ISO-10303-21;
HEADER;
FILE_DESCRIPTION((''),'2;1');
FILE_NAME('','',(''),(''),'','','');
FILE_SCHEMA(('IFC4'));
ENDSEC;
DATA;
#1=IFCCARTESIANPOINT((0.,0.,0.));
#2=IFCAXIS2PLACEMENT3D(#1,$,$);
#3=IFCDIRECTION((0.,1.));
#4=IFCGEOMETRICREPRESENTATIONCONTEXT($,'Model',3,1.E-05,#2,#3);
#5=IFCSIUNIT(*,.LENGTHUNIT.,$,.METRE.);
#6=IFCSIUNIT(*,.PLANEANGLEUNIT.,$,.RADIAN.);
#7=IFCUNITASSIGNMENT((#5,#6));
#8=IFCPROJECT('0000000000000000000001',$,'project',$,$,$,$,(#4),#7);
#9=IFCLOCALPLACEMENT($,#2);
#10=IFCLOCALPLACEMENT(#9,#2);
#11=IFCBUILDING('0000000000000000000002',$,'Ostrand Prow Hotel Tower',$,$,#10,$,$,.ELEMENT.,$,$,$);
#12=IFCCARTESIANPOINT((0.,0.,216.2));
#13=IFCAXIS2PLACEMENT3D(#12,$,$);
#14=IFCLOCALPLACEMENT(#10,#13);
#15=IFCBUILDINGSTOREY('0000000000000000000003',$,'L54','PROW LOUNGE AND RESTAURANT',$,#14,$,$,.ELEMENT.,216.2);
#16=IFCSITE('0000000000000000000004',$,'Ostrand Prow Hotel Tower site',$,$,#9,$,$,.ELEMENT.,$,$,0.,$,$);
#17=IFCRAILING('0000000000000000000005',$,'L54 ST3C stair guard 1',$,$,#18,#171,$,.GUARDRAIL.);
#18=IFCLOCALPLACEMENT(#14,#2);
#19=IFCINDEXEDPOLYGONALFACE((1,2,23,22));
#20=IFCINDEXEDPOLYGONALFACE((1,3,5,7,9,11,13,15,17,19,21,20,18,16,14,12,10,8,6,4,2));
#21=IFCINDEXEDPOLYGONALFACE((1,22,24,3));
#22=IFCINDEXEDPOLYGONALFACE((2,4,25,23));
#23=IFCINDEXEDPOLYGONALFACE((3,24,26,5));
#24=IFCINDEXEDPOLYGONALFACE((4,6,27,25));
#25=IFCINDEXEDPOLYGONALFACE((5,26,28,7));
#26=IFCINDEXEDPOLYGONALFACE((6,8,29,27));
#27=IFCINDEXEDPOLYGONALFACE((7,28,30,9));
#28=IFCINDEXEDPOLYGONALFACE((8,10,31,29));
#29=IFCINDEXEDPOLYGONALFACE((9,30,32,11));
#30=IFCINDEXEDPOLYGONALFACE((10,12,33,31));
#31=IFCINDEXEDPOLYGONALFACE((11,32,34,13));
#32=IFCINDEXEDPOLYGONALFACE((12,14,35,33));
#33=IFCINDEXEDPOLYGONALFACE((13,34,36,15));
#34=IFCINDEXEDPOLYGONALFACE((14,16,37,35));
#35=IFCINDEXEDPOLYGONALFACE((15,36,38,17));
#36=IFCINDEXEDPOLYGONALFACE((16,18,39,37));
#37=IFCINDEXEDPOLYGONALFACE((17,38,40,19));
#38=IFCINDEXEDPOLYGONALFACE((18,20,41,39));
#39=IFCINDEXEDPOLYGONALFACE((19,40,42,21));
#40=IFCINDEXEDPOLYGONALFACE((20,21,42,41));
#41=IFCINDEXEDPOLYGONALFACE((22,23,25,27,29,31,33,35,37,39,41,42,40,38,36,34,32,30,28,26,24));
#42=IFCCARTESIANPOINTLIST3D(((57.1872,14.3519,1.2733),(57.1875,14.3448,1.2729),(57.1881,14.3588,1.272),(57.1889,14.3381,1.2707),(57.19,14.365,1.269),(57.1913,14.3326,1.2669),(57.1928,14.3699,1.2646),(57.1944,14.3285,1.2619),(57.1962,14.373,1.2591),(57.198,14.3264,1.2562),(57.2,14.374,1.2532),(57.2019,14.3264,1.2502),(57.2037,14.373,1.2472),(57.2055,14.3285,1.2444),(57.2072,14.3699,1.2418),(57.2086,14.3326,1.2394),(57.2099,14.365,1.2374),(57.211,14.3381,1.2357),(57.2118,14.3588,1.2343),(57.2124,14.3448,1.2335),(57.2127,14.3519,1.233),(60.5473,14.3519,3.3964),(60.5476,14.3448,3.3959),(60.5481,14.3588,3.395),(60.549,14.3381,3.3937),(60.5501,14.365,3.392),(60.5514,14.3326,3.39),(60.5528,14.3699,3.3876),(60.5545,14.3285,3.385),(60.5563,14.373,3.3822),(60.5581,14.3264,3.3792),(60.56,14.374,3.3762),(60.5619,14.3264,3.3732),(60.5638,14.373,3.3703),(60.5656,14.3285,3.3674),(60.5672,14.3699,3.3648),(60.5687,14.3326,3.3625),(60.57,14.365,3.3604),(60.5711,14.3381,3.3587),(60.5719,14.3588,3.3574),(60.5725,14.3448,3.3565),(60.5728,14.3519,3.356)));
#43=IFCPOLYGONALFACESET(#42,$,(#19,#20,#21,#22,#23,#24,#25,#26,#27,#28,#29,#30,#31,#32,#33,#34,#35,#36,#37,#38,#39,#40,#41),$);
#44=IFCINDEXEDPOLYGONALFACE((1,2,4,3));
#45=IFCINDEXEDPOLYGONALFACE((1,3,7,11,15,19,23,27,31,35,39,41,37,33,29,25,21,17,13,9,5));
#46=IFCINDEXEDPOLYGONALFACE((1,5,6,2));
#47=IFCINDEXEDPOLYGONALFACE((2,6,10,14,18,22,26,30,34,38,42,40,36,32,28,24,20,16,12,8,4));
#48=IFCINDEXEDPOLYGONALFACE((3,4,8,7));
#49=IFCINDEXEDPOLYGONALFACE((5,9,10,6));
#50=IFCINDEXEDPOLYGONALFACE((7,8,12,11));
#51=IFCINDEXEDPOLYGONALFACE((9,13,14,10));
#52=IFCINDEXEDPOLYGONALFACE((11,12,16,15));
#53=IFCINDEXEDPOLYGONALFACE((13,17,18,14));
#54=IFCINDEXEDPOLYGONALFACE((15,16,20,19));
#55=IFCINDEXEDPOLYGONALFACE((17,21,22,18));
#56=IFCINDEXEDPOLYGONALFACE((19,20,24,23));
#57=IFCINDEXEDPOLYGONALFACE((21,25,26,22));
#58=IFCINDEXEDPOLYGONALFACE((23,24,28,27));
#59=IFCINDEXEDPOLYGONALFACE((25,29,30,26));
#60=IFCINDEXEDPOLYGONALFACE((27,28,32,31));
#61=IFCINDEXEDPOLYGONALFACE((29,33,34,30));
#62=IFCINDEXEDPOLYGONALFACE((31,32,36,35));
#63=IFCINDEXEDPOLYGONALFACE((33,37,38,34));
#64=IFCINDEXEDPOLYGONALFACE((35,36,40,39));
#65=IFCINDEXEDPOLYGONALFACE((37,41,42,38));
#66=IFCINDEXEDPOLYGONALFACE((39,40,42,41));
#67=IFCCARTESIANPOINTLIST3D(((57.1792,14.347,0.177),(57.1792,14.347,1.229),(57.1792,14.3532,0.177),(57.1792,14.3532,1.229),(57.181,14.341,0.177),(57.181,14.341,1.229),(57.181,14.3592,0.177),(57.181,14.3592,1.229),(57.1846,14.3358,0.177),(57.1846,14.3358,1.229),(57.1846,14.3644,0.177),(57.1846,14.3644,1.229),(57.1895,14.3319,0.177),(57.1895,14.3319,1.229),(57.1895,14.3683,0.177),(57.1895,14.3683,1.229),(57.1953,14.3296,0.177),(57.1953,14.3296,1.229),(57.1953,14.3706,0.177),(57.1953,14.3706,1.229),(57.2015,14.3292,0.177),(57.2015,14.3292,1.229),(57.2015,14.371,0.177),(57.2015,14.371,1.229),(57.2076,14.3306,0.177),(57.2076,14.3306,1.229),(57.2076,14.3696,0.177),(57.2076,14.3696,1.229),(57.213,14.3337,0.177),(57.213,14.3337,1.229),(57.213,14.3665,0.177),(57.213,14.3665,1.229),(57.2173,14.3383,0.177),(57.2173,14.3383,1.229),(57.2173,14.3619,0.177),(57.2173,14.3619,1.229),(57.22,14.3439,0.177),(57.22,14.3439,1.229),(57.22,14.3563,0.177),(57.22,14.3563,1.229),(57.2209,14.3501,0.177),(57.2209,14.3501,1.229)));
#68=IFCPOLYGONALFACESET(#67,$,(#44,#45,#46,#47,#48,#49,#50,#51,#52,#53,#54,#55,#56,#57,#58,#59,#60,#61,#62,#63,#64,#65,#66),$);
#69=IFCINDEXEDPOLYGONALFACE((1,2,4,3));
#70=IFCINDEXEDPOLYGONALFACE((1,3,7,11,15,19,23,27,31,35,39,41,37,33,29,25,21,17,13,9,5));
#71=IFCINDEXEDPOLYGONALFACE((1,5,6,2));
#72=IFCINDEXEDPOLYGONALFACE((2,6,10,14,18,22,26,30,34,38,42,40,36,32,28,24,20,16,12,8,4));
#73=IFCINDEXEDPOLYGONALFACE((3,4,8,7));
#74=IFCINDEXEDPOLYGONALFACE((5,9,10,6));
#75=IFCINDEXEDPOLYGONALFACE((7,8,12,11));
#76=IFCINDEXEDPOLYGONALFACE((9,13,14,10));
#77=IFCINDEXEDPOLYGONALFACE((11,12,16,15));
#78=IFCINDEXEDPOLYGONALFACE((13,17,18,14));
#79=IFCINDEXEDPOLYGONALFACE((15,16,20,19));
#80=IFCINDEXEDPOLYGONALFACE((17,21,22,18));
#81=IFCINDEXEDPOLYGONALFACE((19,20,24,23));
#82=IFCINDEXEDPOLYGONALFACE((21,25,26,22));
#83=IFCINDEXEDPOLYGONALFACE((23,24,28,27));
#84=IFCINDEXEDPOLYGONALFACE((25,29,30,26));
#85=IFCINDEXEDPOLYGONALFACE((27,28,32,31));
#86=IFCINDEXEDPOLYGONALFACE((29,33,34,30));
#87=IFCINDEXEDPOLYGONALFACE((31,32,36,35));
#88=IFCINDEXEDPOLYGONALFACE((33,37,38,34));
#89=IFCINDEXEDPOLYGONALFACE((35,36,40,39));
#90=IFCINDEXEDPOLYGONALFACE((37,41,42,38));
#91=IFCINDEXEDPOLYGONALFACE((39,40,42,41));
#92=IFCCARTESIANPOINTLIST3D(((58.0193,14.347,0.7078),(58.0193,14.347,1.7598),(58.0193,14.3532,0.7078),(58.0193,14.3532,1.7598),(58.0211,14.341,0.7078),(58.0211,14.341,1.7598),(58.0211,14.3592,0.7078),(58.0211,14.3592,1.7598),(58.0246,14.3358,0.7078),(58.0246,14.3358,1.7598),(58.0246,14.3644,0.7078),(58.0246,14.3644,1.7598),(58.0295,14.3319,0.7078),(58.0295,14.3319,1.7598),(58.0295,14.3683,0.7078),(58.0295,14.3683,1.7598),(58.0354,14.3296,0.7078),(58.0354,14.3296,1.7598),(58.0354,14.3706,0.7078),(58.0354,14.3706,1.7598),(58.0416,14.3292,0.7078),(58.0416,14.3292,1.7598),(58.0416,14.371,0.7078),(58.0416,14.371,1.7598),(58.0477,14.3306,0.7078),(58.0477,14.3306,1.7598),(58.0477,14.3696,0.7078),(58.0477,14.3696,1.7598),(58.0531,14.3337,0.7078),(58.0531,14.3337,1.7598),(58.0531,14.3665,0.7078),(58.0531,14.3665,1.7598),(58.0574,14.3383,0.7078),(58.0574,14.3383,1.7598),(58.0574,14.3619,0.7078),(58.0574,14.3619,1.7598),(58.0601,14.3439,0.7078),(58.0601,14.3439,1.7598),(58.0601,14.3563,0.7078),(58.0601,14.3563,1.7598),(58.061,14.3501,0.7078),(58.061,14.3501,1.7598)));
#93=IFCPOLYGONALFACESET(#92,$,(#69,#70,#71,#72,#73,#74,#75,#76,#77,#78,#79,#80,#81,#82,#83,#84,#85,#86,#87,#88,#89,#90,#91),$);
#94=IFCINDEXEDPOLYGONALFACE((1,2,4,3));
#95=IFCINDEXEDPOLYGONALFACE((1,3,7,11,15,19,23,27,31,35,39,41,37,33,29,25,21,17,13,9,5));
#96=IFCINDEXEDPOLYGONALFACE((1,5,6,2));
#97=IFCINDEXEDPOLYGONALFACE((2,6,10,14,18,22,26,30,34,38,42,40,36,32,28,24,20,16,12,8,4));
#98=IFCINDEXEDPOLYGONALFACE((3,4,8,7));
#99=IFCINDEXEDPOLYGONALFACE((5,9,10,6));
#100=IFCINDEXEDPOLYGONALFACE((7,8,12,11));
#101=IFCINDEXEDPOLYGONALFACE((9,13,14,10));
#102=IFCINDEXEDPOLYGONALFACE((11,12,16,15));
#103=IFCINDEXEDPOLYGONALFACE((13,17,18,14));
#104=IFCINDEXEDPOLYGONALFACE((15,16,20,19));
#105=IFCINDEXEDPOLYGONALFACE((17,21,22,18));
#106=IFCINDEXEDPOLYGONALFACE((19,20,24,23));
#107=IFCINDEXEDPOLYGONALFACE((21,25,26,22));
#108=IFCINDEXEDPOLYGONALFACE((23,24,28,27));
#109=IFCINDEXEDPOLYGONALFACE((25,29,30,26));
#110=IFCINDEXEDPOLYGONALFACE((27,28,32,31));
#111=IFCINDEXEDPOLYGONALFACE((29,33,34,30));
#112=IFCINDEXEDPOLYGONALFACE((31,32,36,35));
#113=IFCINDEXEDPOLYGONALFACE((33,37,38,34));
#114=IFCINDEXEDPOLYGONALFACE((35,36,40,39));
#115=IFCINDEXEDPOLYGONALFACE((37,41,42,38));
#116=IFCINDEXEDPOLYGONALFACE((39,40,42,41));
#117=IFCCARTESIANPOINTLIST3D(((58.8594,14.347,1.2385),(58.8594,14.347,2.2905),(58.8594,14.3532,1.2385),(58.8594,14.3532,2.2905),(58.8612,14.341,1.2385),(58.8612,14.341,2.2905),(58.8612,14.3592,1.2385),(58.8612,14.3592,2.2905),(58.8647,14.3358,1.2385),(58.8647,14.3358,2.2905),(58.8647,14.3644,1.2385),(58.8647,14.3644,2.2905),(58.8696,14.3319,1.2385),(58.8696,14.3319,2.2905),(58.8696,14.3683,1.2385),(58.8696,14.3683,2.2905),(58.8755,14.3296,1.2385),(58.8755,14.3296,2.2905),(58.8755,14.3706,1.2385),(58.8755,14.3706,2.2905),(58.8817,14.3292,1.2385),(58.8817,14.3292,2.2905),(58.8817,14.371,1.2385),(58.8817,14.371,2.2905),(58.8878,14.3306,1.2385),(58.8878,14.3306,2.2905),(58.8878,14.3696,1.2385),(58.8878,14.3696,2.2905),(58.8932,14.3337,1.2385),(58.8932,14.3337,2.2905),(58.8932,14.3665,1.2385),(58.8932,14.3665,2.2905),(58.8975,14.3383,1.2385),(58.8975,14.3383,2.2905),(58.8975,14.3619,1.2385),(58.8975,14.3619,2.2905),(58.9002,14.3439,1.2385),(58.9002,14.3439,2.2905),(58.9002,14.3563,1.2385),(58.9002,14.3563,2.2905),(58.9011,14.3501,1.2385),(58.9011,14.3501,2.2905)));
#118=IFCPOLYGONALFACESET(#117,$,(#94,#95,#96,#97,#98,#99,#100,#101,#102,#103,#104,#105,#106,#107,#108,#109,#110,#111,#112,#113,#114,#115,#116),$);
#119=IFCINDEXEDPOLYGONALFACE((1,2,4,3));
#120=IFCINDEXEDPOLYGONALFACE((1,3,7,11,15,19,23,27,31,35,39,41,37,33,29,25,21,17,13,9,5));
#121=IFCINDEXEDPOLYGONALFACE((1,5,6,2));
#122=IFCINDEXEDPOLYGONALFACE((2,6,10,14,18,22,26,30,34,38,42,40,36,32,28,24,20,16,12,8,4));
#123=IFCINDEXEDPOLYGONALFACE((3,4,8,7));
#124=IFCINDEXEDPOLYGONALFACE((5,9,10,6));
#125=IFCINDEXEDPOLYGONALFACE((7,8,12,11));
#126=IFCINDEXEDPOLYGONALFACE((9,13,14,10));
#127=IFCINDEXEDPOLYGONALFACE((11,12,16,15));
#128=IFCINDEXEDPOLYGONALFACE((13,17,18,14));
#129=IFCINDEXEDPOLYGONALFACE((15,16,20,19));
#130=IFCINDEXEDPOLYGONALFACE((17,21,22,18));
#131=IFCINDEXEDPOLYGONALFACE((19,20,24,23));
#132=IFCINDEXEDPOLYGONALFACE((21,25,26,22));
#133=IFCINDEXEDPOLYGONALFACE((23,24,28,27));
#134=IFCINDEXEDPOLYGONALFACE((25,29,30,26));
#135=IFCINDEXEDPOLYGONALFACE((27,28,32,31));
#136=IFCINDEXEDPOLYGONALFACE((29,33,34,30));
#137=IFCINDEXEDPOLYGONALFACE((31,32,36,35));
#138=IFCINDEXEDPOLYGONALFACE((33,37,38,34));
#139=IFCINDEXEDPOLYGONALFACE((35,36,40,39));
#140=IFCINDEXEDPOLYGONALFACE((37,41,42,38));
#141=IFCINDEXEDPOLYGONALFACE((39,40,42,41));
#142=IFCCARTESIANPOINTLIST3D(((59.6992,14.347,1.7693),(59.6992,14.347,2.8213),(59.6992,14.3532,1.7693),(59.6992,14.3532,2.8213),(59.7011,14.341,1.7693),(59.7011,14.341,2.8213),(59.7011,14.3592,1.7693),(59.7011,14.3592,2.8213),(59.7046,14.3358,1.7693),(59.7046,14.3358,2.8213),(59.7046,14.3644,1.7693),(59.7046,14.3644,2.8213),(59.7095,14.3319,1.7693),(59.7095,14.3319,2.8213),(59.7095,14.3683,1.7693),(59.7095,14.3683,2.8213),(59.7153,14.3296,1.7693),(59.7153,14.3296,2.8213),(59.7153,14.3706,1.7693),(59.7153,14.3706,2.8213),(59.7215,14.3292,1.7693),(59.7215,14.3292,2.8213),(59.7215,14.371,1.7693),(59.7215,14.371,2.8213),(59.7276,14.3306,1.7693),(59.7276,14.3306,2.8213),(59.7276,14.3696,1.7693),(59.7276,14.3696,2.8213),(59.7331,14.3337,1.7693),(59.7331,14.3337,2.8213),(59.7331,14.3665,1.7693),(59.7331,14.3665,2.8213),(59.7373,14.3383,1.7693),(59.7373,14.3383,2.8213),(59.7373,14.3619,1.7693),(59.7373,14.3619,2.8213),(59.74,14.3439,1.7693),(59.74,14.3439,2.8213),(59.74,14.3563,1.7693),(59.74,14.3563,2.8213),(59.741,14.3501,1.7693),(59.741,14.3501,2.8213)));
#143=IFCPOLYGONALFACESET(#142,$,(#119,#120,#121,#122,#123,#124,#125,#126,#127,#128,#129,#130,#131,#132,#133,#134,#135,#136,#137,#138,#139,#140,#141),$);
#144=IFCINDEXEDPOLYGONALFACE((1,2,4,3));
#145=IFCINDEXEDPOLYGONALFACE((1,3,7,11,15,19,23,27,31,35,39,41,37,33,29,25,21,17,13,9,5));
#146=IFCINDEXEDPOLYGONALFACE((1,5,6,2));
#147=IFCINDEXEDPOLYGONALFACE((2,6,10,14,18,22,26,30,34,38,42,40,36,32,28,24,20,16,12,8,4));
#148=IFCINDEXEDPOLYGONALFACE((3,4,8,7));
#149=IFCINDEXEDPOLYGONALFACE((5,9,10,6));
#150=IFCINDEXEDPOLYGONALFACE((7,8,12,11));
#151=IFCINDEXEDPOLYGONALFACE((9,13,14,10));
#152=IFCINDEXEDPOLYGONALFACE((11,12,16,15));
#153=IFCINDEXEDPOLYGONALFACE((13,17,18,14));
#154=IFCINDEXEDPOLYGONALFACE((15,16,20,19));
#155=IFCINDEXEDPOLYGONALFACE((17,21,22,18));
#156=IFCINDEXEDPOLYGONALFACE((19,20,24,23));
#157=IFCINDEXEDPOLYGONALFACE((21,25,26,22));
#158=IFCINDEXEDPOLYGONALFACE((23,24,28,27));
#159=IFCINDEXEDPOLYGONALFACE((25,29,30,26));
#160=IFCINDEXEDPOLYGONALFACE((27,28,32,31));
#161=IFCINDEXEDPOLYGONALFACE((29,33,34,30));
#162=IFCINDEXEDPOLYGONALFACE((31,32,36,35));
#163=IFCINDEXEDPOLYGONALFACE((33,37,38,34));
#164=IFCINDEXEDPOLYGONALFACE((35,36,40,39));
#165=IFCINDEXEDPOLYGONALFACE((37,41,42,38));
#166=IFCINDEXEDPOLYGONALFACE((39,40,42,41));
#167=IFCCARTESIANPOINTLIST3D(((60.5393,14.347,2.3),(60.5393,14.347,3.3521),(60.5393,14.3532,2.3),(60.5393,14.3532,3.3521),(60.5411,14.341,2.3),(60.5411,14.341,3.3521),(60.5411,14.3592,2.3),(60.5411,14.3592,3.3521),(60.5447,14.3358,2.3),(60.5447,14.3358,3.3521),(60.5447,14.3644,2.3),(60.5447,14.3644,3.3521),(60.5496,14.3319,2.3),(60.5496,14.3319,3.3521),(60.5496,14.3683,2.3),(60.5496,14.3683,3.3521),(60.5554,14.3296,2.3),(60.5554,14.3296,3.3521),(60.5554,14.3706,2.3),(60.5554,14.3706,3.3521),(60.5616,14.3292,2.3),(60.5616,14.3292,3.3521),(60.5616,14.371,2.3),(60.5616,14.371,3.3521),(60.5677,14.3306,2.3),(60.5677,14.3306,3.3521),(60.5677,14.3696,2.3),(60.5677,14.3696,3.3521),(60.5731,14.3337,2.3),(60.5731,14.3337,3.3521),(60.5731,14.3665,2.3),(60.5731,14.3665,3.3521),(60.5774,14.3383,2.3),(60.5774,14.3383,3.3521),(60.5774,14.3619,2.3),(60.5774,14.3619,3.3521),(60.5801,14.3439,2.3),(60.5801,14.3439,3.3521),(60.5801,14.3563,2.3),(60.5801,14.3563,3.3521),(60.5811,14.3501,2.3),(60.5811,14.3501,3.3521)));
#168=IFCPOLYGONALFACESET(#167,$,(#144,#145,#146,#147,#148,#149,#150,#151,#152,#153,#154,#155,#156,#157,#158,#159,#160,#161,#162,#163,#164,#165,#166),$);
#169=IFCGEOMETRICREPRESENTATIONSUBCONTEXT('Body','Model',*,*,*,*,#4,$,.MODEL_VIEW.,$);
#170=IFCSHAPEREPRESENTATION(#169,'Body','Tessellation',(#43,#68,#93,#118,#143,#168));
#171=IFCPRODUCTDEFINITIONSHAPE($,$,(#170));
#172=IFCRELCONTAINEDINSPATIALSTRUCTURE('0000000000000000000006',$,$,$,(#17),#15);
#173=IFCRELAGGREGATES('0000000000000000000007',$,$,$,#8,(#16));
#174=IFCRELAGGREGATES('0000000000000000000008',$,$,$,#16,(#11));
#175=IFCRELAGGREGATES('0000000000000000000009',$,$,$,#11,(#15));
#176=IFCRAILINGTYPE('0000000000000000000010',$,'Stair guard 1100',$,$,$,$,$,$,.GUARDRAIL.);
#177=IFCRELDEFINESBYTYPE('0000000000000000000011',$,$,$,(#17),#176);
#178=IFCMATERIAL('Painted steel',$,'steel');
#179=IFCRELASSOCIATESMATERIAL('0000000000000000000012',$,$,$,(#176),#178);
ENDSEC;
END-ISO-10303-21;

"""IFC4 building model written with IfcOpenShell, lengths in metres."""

from ifc_helpers import new_model, si_unit, direction, frame, origin, origin_2d, place, context, subcontext, project, spatial, circle, extrude, material, type_object, element, save


model = new_model("IFC4")

# Units and contexts
model_context = context("Model", 3, precision=1e-05, world=origin(), true_north=direction((0.0, 1.0)))
body_context = subcontext(model_context, "Body", "Model", "MODEL_VIEW")
ifc_project = project(units=[si_unit("LENGTHUNIT", "METRE"), si_unit("PLANEANGLEUNIT", "RADIAN")], contexts=[model_context])

# Site, building, storey
site_placement = place(None, origin())
site = spatial("IfcSite", under=ifc_project, at=site_placement, Name="Ostrand Prow Hotel Tower site", CompositionType="ELEMENT", RefElevation=0.0)
building_placement = place(site_placement, origin())
building = spatial("IfcBuilding", under=site, at=building_placement, Name="Ostrand Prow Hotel Tower", CompositionType="ELEMENT")
storey_placement = place(building_placement, frame((0.0, 0.0, 216.2)))
storey = spatial("IfcBuildingStorey", under=building, at=storey_placement, Name="L54", Description="PROW LOUNGE AND RESTAURANT", CompositionType="ELEMENT", Elevation=216.2)

# Railing
ifc_material_1 = material(Name="Painted steel", Category="steel")
railing_type_1 = type_object("IfcRailingType", Name="Stair guard 1100", PredefinedType="GUARDRAIL", material=ifc_material_1)
railing_1_placement = place(storey_placement, frame((57.2, 14.3501, 0.177)))
element("IfcRailing", 1, at=railing_1_placement, inside=storey, type_object=railing_type_1, Name="L54 ST3C stair guard 1", PredefinedType="GUARDRAIL", context=body_context, shape_type="SweptSolid", body=[
    extrude(circle(Radius=0.0239, at=origin_2d()), frame((0.0, 0.0, 1.0762), z_axis=(0.84539, 0.0, 0.53415), x_axis=(0.0, 1.0, 0.0)), (0.0, 0.0, 1.0), 3.9746),
    extrude(circle(Radius=0.021, at=origin_2d()), origin(), (0.0, 0.0, 1.0), 1.052),
    extrude(circle(Radius=0.021, at=origin_2d()), frame((0.8401, 0.0, 0.5308)), (0.0, 0.0, 1.0), 1.052),
    extrude(circle(Radius=0.021, at=origin_2d()), frame((1.6802, 0.0, 1.0615)), (0.0, 0.0, 1.0), 1.052),
    extrude(circle(Radius=0.021, at=origin_2d()), frame((2.52, 0.0, 1.5923)), (0.0, 0.0, 1.0), 1.052),
    extrude(circle(Radius=0.021, at=origin_2d()), frame((3.3601, 0.0, 2.123)), (0.0, 0.0, 1.0), 1.052),
])

save(model, "model.ifc")
